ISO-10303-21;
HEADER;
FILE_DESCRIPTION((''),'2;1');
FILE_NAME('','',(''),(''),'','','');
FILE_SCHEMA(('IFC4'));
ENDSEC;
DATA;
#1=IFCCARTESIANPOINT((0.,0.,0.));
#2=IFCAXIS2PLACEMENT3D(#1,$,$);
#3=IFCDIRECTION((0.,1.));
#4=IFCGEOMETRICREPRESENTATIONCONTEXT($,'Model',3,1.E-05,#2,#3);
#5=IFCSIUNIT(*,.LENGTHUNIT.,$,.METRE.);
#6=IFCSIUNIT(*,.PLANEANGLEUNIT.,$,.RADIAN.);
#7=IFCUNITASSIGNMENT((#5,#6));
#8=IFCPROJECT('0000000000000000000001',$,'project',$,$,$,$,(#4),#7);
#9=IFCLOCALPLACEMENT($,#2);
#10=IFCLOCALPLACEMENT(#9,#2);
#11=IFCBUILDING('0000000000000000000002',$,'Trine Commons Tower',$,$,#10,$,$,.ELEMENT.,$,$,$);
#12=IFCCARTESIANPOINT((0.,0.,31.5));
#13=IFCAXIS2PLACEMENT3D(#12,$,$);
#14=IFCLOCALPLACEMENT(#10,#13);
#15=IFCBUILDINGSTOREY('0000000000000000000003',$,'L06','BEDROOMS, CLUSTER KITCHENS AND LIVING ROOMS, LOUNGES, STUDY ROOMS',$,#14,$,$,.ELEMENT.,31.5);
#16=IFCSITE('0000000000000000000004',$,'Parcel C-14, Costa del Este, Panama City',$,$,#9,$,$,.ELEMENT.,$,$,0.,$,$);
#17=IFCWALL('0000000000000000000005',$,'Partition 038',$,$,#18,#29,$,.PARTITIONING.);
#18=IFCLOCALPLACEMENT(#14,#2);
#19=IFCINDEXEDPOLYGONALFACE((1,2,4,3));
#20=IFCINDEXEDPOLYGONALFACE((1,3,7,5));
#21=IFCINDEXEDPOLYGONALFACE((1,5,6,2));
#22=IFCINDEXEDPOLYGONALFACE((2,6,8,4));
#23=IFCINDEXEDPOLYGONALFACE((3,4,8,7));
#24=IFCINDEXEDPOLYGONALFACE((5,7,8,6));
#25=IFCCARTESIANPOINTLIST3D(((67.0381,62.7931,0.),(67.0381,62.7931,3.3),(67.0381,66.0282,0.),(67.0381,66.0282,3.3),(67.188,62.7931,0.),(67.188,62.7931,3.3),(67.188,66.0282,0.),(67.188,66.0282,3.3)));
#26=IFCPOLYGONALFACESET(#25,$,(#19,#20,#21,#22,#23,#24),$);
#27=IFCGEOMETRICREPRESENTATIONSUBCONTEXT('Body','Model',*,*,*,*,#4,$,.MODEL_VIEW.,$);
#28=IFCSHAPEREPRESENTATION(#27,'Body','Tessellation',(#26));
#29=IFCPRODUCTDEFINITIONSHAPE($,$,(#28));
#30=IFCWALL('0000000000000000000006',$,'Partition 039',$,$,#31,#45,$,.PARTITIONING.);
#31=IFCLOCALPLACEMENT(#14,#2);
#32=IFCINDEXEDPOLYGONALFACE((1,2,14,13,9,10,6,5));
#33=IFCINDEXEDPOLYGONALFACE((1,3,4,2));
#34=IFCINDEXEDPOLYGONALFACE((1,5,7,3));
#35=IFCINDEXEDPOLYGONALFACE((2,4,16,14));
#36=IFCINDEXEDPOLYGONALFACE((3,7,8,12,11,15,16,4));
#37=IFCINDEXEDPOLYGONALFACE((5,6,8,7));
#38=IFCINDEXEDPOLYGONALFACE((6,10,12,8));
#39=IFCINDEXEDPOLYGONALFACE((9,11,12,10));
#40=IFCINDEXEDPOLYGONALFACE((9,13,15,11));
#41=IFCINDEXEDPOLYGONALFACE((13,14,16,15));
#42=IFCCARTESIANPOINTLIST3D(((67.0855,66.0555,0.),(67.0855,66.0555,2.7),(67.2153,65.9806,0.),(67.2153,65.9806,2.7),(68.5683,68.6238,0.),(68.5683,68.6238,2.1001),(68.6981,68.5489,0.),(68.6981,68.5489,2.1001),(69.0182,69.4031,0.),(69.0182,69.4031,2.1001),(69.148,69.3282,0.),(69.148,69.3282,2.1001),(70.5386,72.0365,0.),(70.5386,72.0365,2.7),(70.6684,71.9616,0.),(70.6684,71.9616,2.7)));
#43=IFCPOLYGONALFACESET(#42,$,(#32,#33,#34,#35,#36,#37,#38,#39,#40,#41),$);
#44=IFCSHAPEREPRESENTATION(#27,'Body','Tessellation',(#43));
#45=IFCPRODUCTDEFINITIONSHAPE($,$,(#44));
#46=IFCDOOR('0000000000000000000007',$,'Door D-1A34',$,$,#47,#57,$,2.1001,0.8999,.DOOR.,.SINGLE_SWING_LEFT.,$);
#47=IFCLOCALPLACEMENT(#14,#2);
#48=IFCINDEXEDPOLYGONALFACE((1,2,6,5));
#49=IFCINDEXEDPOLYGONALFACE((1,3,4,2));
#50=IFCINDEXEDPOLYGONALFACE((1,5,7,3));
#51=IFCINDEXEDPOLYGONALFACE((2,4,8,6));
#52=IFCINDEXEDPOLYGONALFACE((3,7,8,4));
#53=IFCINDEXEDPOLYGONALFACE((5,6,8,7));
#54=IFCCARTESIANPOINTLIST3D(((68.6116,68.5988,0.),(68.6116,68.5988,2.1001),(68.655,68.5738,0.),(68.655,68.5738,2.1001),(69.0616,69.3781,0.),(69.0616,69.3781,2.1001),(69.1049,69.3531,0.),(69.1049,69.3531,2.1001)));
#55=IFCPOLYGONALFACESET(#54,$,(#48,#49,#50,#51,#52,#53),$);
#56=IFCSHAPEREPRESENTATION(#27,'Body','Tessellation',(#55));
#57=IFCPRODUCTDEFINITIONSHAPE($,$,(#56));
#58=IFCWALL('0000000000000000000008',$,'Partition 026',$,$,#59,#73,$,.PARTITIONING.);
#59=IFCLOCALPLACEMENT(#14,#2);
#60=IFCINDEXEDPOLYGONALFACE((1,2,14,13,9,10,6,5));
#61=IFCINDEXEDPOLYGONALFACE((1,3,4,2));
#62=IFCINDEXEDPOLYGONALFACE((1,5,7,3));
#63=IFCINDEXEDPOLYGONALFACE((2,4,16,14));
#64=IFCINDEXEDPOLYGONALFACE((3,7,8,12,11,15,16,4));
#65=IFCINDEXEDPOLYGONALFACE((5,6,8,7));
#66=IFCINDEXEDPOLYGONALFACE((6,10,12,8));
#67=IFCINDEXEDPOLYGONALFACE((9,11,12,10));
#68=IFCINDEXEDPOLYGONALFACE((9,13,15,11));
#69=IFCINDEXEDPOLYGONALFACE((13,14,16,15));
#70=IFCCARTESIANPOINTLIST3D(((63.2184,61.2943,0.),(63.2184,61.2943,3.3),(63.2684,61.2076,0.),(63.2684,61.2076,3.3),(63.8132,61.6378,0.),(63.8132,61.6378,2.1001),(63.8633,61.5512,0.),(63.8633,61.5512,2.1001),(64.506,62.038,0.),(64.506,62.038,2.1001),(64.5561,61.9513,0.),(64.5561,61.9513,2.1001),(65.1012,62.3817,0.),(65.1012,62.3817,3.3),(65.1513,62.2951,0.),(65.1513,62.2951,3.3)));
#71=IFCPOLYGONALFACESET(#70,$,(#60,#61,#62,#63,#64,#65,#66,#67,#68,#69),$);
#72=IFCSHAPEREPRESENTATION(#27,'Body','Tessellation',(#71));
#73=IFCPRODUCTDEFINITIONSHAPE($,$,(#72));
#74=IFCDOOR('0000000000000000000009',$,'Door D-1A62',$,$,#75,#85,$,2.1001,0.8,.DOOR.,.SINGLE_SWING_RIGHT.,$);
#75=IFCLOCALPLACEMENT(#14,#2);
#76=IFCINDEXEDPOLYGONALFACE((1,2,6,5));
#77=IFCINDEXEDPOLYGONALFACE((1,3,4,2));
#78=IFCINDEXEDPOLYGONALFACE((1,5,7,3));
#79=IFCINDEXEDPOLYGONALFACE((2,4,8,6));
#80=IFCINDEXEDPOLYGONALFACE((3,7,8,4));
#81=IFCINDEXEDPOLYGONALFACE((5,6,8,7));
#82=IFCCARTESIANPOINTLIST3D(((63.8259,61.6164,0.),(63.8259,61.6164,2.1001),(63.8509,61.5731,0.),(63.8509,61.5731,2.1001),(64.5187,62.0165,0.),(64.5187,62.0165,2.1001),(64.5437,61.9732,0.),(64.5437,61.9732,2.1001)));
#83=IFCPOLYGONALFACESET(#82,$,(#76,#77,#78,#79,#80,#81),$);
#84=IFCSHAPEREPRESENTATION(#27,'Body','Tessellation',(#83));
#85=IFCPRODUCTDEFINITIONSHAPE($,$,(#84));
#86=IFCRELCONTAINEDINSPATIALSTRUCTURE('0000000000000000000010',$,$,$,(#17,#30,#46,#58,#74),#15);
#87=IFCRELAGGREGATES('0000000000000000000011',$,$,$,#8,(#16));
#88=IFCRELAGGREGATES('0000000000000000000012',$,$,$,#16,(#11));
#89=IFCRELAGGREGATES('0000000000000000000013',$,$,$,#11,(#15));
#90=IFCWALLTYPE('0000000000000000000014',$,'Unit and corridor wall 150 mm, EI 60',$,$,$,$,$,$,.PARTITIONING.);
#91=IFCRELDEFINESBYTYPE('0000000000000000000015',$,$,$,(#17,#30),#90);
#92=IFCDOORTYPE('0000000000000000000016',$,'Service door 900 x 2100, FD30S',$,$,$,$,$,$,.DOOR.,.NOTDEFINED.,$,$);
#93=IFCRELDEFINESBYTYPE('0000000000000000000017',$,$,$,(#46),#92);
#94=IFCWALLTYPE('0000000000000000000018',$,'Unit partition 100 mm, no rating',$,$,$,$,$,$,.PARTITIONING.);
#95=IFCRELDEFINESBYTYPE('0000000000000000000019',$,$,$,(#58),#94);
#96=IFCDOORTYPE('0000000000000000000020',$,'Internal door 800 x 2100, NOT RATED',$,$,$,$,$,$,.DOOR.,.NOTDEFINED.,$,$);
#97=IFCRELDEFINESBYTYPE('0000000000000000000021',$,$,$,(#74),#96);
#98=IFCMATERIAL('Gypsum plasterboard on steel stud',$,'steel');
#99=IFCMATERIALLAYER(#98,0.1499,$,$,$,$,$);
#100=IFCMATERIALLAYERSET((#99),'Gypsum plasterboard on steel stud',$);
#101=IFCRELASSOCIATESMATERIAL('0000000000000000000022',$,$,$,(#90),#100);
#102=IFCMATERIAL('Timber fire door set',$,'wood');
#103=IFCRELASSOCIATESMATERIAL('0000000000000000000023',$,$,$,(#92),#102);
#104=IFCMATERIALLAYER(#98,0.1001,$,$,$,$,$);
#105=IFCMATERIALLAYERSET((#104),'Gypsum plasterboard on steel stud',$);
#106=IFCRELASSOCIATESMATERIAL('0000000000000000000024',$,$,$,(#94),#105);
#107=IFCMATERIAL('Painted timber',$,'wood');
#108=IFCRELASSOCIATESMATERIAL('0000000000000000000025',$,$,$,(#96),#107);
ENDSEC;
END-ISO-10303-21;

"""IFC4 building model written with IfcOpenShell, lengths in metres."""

from ifc_helpers import new_model, si_unit, direction, frame, frame_2d, origin, place, context, subcontext, project, spatial, rectangle, extrude, material, layer, layer_set, type_object, element, fill, save


model = new_model("IFC4")

# Units and contexts
model_context = context("Model", 3, precision=1e-05, world=origin(), true_north=direction((0.0, 1.0)))
body_context = subcontext(model_context, "Body", "Model", "MODEL_VIEW")
ifc_project = project(units=[si_unit("LENGTHUNIT", "METRE"), si_unit("PLANEANGLEUNIT", "RADIAN")], contexts=[model_context])

# Site, building, storey
site_placement = place(None, origin())
site = spatial("IfcSite", under=ifc_project, at=site_placement, Name="Parcel C-14, Costa del Este, Panama City", CompositionType="ELEMENT", RefElevation=0.0)
building_placement = place(site_placement, origin())
building = spatial("IfcBuilding", under=site, at=building_placement, Name="Trine Commons Tower", CompositionType="ELEMENT")
storey_placement = place(building_placement, frame((0.0, 0.0, 31.5)))
storey = spatial("IfcBuildingStorey", under=building, at=storey_placement, Name="L06", Description="BEDROOMS, CLUSTER KITCHENS AND LIVING ROOMS, LOUNGES, STUDY ROOMS", CompositionType="ELEMENT", Elevation=31.5)

# Shared definitions
ifc_material_1 = material(Name="Gypsum plasterboard on steel stud", Category="steel")
ifc_layer_1 = layer(ifc_material_1, 0.1499)
ifc_layer_set_1 = layer_set([ifc_layer_1], Name="Gypsum plasterboard on steel stud")
wall_type_1 = type_object("IfcWallType", Name="Unit and corridor wall 150 mm, EI 60", PredefinedType="PARTITIONING", material=ifc_layer_set_1)

# Shared definitions
ifc_material_2 = material(Name="Timber fire door set", Category="wood")

# Wall
wall_1_placement = place(storey_placement, frame((67.113, 62.793, 0.0), z_axis=(0.0, 0.0, 1.0), x_axis=(0.0, 1.0, 0.0)))
element("IfcWall", 1, at=wall_1_placement, inside=storey, type_object=wall_type_1, Name="Partition 038", PredefinedType="PARTITIONING", context=body_context, shape_type="SweptSolid", body=[
    extrude(rectangle(XDim=3.2351, YDim=0.1499, at=frame_2d((1.6177, 0.0))), origin(), (0.0, 0.0, 1.0), 3.3),
])

# Walls, openings, doors
wall_2_placement = place(storey_placement, frame((67.1504, 66.0181, 0.0), z_axis=(0.0, 0.0, 1.0), x_axis=(0.500002, 0.866024, 0.0)))
wall_2 = element("IfcWall", 2, at=wall_2_placement, inside=storey, type_object=wall_type_1, Name="Partition 039", PredefinedType="PARTITIONING", context=body_context, shape_type="SweptSolid", body=[
    extrude(rectangle(XDim=6.9062, YDim=0.1499, at=frame_2d((3.4531, 0.0))), origin(), (0.0, 0.0, 1.0), 2.7),
])
opening_1_placement = place(wall_2_placement, frame((2.9656, 0.0, 0.0)))
opening_1 = element("IfcOpeningElement", 3, at=opening_1_placement, cuts=wall_2, PredefinedType="OPENING", context=body_context, shape_type="SweptSolid", body=[
    extrude(rectangle(XDim=0.8999, YDim=2.1001, at=frame_2d((0.45, 1.05))), frame((0.0, 0.085, 0.0), z_axis=(0.0, -1.0, 0.0), x_axis=(1.0, 0.0, 0.0)), (0.0, 0.0, 1.0), 0.1699),
])
door_type_1 = type_object("IfcDoorType", Name="Service door 900 x 2100, FD30S", OperationType="NOTDEFINED", PredefinedType="DOOR", material=ifc_material_2)
door_1_placement = place(opening_1_placement, origin())
door_1 = element("IfcDoor", 4, at=door_1_placement, inside=storey, type_object=door_type_1, Name="Door D-1A34", OperationType="SINGLE_SWING_LEFT", OverallHeight=2.1001, OverallWidth=0.8999, PredefinedType="DOOR", context=body_context, shape_type="SweptSolid", body=[
    extrude(rectangle(XDim=0.8999, YDim=2.1001, at=frame_2d((0.45, 1.05))), frame((0.0, 0.0249, 0.0), z_axis=(0.0, -1.0, 0.0), x_axis=(1.0, 0.0, 0.0)), (0.0, 0.0, 1.0), 0.05),
])
fill(opening_1, door_1)
ifc_layer_2 = layer(ifc_material_1, 0.1001)
ifc_layer_set_2 = layer_set([ifc_layer_2], Name="Gypsum plasterboard on steel stud")
wall_type_2 = type_object("IfcWallType", Name="Unit partition 100 mm, no rating", PredefinedType="PARTITIONING", material=ifc_layer_set_2)
wall_3_placement = place(storey_placement, frame((63.2434, 61.251, 0.0), z_axis=(0.0, 0.0, 1.0), x_axis=(0.865954, 0.500124, 0.0)))
wall_3 = element("IfcWall", 5, at=wall_3_placement, inside=storey, type_object=wall_type_2, Name="Partition 026", PredefinedType="PARTITIONING", context=body_context, shape_type="SweptSolid", body=[
    extrude(rectangle(XDim=2.1743, YDim=0.1001, at=frame_2d((1.0872, 0.0))), origin(), (0.0, 0.0, 1.0), 3.3),
])
opening_2_placement = place(wall_3_placement, frame((0.687, 0.0, 0.0)))
opening_2 = element("IfcOpeningElement", 6, at=opening_2_placement, cuts=wall_3, PredefinedType="OPENING", context=body_context, shape_type="SweptSolid", body=[
    extrude(rectangle(XDim=0.8, YDim=2.1001, at=frame_2d((0.3999, 1.05))), frame((0.0, 0.0601, 0.0), z_axis=(0.0, -1.0, 0.0), x_axis=(1.0, 0.0, 0.0)), (0.0, 0.0, 1.0), 0.1201),
])
ifc_material_3 = material(Name="Painted timber", Category="wood")
door_type_2 = type_object("IfcDoorType", Name="Internal door 800 x 2100, NOT RATED", OperationType="NOTDEFINED", PredefinedType="DOOR", material=ifc_material_3)
door_2_placement = place(opening_2_placement, frame((0.8, 0.0, 0.0), z_axis=(0.0, 0.0, 1.0), x_axis=(-1.0, 0.0, 0.0)))
door_2 = element("IfcDoor", 7, at=door_2_placement, inside=storey, type_object=door_type_2, Name="Door D-1A62", OperationType="SINGLE_SWING_RIGHT", OverallHeight=2.1001, OverallWidth=0.8, PredefinedType="DOOR", context=body_context, shape_type="SweptSolid", body=[
    extrude(rectangle(XDim=0.8, YDim=2.1001, at=frame_2d((0.3999, 1.05))), frame((0.0, 0.0249, 0.0), z_axis=(0.0, -1.0, 0.0), x_axis=(1.0, 0.0, 0.0)), (0.0, 0.0, 1.0), 0.05),
])
fill(opening_2, door_2)

save(model, "model.ifc")
